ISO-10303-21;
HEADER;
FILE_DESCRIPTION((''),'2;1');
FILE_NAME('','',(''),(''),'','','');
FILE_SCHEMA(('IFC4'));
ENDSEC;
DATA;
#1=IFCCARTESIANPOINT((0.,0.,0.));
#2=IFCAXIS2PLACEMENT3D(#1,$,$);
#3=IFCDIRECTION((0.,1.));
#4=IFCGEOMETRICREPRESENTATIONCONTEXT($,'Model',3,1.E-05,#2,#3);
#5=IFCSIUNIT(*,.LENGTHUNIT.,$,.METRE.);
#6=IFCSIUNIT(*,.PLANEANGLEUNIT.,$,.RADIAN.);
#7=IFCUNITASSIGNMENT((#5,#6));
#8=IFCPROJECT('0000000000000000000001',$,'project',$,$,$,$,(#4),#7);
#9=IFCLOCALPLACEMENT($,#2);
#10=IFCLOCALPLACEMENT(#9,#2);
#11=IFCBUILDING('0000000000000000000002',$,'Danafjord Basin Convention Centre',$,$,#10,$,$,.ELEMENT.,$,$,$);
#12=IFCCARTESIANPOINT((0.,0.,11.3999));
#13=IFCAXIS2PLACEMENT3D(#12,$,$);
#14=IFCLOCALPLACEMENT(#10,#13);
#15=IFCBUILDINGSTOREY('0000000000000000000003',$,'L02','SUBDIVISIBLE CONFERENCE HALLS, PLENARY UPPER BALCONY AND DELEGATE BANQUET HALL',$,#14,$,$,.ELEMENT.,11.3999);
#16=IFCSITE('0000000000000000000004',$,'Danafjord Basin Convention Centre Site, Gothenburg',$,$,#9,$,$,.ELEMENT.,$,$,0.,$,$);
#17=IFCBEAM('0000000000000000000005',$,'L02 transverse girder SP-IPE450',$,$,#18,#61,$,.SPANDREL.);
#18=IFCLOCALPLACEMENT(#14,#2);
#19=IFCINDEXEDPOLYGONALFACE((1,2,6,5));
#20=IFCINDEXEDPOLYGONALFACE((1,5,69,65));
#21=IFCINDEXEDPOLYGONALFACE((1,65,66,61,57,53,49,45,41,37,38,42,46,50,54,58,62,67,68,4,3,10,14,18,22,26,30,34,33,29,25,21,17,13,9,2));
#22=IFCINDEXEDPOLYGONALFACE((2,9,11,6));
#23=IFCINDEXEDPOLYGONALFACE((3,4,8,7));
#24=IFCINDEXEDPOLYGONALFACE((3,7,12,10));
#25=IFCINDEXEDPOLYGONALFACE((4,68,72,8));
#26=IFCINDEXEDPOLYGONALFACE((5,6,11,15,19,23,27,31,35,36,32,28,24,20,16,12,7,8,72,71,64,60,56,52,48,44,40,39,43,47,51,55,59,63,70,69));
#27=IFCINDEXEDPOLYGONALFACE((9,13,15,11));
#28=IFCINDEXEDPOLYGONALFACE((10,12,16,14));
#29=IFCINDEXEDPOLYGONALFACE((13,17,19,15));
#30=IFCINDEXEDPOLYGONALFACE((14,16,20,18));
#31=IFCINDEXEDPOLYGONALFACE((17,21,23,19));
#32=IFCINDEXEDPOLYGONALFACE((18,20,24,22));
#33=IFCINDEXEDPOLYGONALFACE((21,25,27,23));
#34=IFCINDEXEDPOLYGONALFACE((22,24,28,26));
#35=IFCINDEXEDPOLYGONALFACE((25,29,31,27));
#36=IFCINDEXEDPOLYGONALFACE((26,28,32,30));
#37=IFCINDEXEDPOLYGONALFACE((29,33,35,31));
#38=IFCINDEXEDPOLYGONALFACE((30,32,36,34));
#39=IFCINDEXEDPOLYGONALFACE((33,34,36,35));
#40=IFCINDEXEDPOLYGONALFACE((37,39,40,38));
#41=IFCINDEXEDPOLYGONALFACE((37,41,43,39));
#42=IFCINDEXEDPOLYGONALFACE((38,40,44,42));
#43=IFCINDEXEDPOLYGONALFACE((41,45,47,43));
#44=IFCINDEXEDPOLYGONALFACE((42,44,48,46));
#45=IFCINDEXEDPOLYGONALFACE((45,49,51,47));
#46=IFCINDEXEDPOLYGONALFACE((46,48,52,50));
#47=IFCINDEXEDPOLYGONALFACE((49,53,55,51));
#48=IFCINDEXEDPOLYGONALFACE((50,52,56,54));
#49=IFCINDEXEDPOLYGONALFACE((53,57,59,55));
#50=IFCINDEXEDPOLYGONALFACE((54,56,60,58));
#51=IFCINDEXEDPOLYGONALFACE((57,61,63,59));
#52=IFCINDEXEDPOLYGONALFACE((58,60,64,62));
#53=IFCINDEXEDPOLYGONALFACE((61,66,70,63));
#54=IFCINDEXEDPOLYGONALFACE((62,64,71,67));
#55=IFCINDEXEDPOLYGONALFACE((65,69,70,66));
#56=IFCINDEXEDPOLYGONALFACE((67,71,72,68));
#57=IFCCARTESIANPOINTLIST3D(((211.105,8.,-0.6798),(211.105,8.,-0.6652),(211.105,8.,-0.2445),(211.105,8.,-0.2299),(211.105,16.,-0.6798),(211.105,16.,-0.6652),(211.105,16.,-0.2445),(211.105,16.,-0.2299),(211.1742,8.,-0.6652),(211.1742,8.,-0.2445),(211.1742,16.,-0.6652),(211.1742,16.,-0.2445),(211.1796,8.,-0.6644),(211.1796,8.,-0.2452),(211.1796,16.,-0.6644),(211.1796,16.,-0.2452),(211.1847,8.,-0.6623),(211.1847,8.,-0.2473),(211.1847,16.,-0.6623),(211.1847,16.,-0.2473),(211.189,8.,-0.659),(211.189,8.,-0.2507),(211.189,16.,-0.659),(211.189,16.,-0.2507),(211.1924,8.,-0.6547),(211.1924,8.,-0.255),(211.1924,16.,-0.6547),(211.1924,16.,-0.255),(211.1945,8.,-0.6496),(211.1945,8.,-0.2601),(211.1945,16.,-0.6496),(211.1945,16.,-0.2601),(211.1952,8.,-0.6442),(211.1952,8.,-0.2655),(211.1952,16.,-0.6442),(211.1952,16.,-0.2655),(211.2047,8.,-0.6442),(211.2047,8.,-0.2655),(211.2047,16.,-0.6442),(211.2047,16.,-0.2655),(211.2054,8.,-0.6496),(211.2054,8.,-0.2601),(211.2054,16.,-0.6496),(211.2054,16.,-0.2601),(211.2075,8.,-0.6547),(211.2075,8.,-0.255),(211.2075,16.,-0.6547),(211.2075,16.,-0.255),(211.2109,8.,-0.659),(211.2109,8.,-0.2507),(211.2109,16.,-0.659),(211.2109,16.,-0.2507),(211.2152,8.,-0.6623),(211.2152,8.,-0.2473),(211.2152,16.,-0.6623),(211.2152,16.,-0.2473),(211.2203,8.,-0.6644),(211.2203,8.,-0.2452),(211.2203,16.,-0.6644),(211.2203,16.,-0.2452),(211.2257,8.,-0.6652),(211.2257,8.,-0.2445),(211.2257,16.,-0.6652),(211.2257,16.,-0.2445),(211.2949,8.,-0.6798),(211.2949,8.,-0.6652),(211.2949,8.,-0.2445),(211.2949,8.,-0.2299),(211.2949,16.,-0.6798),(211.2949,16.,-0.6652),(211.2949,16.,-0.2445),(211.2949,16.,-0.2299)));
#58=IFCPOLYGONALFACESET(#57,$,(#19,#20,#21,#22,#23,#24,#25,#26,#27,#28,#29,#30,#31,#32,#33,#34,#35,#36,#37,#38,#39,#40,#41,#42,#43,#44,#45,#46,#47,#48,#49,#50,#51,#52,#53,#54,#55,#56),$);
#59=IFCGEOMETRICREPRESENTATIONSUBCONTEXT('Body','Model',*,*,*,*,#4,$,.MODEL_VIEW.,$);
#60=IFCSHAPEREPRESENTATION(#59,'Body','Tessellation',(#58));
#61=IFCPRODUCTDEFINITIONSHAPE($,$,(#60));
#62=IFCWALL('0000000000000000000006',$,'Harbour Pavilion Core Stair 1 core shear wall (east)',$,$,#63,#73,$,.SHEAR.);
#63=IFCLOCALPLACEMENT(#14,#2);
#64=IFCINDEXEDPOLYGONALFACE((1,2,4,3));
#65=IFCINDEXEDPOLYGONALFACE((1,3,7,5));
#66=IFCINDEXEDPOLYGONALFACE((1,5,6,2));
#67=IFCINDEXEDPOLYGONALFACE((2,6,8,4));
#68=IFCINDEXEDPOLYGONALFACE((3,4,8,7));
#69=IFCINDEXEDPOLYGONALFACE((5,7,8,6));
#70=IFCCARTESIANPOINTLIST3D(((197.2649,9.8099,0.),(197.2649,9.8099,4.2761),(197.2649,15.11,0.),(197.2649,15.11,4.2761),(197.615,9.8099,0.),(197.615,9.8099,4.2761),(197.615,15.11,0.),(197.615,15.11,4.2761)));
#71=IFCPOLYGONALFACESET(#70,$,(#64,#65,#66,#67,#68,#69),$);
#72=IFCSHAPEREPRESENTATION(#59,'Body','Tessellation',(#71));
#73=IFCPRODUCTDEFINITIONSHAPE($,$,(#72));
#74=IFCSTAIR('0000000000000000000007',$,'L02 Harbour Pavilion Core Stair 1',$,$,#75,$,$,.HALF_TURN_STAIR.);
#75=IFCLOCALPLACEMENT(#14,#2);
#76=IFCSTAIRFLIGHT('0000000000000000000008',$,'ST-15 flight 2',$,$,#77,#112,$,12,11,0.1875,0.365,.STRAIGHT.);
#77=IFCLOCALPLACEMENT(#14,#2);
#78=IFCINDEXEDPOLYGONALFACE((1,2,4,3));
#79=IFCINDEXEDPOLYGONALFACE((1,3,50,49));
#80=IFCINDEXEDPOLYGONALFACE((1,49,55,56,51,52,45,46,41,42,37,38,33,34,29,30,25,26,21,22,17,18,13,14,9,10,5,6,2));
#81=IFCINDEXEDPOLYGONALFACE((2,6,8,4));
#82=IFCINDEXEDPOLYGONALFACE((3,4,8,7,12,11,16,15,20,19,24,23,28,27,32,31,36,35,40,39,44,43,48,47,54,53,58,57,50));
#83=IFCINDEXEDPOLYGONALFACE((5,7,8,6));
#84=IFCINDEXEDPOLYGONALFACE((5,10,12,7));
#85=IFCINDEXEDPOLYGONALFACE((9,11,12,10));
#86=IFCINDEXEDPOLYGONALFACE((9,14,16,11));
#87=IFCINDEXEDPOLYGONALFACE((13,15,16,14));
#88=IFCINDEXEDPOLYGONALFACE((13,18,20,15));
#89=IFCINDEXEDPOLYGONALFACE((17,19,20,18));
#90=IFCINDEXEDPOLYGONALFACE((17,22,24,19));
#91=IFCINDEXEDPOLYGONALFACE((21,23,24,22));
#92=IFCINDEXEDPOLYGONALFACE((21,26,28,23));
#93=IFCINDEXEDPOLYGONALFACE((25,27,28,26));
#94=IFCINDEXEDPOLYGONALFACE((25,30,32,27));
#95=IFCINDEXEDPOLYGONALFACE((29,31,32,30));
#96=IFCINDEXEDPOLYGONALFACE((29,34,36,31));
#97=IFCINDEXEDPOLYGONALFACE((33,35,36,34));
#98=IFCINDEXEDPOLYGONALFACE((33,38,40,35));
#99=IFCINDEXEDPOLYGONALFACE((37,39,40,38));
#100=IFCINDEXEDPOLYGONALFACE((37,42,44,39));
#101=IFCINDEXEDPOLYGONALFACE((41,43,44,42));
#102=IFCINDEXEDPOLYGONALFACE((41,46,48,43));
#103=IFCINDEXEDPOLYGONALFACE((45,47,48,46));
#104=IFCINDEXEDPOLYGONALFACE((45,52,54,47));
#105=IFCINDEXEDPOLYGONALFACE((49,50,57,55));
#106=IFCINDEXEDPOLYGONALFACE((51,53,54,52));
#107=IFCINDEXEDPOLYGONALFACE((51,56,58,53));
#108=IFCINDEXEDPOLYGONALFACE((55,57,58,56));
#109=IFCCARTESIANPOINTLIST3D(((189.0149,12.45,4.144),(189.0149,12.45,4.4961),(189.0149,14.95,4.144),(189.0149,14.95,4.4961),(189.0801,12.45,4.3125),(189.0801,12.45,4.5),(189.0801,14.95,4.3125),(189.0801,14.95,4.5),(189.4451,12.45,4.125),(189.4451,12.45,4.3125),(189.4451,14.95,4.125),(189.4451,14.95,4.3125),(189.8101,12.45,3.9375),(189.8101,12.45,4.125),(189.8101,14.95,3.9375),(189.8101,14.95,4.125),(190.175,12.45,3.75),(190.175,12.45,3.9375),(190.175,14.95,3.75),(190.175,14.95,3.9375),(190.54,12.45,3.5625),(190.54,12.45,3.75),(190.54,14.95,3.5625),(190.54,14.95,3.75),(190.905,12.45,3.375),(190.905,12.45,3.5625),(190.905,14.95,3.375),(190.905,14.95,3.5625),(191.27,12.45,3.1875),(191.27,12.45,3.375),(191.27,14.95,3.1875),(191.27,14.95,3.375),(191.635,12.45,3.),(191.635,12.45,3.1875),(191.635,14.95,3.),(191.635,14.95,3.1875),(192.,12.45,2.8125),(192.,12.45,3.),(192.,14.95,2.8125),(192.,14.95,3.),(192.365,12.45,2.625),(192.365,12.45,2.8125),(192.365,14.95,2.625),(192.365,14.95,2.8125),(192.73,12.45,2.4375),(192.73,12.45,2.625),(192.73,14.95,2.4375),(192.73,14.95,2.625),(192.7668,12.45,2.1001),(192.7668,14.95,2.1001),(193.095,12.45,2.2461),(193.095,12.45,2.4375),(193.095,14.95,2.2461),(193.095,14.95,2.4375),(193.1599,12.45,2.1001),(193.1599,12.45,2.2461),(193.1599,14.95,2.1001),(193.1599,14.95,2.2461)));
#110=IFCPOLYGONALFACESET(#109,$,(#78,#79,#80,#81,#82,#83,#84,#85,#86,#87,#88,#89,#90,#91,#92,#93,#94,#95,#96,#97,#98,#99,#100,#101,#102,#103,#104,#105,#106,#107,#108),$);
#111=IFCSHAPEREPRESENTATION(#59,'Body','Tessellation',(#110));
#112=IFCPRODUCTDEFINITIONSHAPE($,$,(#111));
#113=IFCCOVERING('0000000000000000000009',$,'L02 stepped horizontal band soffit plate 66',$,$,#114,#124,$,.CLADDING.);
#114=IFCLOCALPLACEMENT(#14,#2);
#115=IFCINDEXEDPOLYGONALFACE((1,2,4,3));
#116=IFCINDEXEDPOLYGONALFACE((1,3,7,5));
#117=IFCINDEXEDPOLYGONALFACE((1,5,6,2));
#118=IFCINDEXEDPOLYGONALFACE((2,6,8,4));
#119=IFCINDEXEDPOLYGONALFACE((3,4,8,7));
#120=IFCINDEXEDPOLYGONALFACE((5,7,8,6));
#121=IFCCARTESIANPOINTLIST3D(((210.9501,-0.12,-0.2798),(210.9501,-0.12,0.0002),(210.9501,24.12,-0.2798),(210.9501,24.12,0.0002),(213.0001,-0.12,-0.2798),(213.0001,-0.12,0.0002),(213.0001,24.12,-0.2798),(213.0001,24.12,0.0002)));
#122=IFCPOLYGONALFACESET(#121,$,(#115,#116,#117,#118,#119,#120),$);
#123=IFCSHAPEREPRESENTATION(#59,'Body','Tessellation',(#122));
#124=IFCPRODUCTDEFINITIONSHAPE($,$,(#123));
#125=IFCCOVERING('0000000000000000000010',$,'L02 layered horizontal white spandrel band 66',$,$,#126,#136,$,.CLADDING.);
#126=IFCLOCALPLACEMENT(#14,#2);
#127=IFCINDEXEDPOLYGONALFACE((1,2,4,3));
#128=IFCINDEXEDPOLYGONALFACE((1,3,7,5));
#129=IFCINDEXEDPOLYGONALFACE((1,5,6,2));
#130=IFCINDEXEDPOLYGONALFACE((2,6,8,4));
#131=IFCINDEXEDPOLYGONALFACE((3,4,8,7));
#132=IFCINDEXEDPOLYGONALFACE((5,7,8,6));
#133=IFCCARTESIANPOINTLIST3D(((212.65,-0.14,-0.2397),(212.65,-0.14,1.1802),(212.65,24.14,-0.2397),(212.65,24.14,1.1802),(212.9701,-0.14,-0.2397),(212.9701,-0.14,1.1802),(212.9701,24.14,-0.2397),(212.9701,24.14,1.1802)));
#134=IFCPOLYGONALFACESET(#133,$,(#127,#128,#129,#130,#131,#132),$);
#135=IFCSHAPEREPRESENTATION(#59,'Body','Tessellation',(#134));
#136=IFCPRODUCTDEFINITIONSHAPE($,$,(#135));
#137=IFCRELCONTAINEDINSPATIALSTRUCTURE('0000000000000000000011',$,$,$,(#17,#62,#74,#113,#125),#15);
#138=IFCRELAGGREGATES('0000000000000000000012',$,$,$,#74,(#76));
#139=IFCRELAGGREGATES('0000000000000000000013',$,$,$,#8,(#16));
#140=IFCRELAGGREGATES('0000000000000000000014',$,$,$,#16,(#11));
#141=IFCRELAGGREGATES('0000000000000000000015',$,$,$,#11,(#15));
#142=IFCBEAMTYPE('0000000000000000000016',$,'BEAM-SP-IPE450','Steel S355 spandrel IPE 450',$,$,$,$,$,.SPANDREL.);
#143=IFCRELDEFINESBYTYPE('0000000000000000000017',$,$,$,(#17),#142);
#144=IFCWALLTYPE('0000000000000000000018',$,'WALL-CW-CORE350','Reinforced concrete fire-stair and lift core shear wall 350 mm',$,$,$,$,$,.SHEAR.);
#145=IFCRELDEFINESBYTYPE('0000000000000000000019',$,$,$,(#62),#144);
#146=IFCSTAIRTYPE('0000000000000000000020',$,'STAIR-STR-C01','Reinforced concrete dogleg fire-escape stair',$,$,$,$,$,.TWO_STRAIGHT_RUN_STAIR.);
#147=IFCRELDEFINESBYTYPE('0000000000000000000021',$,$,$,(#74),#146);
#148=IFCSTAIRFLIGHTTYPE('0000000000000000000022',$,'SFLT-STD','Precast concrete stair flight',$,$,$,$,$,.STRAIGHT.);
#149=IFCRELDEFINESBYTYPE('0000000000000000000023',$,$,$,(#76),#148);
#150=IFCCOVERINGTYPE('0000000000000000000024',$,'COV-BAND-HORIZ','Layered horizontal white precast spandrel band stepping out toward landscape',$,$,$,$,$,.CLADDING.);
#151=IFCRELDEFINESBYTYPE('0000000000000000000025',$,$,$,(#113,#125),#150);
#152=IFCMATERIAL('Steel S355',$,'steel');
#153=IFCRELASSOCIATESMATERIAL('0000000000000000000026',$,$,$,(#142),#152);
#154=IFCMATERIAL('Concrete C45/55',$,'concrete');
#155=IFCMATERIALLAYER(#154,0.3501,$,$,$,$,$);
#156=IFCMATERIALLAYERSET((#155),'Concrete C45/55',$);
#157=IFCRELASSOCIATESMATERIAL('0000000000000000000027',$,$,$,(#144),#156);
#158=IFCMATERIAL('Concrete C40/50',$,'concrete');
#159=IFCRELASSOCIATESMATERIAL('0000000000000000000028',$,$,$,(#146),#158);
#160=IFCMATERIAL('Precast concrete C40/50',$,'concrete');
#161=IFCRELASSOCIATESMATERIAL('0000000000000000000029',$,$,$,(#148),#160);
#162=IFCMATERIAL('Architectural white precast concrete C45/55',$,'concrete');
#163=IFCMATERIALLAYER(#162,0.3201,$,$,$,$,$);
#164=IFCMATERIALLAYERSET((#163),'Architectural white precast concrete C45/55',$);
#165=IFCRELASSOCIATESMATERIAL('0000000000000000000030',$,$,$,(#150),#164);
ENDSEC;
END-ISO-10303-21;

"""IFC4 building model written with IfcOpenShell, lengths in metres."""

from ifc_helpers import new_model, si_unit, direction, frame, frame_2d, origin, origin_2d, place, context, subcontext, project, spatial, polyline, rectangle, i_section, outline, extrude, material, layer, layer_set, material_profile, profile_set, type_object, element, aggregate, save


model = new_model("IFC4")

# Units and contexts
model_context = context("Model", 3, precision=1e-05, world=origin(), true_north=direction((0.0, 1.0)))
body_context = subcontext(model_context, "Body", "Model", "MODEL_VIEW")
ifc_project = project(units=[si_unit("LENGTHUNIT", "METRE"), si_unit("PLANEANGLEUNIT", "RADIAN")], contexts=[model_context])

# Site, building, storey
site_placement = place(None, origin())
site = spatial("IfcSite", under=ifc_project, at=site_placement, Name="Danafjord Basin Convention Centre Site, Gothenburg", CompositionType="ELEMENT", RefElevation=0.0)
building_placement = place(site_placement, origin())
building = spatial("IfcBuilding", under=site, at=building_placement, Name="Danafjord Basin Convention Centre", CompositionType="ELEMENT")
storey_placement = place(building_placement, frame((0.0, 0.0, 11.3999)))
storey = spatial("IfcBuildingStorey", under=building, at=storey_placement, Name="L02", Description="SUBDIVISIBLE CONFERENCE HALLS, PLENARY UPPER BALCONY AND DELEGATE BANQUET HALL", CompositionType="ELEMENT", Elevation=11.3999)

# Shared definitions
ifc_material_1 = material(Name="Steel S355", Category="steel")

# Beam
ifc_material_profile_1 = material_profile(ifc_material_1, i_section(OverallWidth=0.1899, OverallDepth=0.45, WebThickness=0.0095, FlangeThickness=0.0146, FilletRadius=0.021, at=origin_2d()), Name="IPE 450")
ifc_profile_set_1 = profile_set([ifc_material_profile_1], Name="Steel S355")
beam_type_1 = type_object("IfcBeamType", Name="BEAM-SP-IPE450", Description="Steel S355 spandrel IPE 450", PredefinedType="SPANDREL", material=ifc_profile_set_1)
beam_1_placement = place(storey_placement, frame((211.2, 8.0, -0.4548), z_axis=(0.0, 1.0, 0.0), x_axis=(-1.0, 0.0, 0.0)))
element("IfcBeam", 1, at=beam_1_placement, inside=storey, type_object=beam_type_1, Name="L02 transverse girder SP-IPE450", PredefinedType="SPANDREL", context=body_context, shape_type="SweptSolid", body=[
    extrude(i_section(OverallWidth=0.1899, OverallDepth=0.45, WebThickness=0.0095, FlangeThickness=0.0146, FilletRadius=0.021, at=origin_2d()), origin(), (0.0, 0.0, 1.0), 8.0),
])

# Wall
ifc_material_2 = material(Name="Concrete C45/55", Category="concrete")
ifc_layer_1 = layer(ifc_material_2, 0.3501)
ifc_layer_set_1 = layer_set([ifc_layer_1], Name="Concrete C45/55")
wall_type = type_object("IfcWallType", Name="WALL-CW-CORE350", Description="Reinforced concrete fire-stair and lift core shear wall 350 mm", PredefinedType="SHEAR", material=ifc_layer_set_1)
wall_1_placement = place(storey_placement, frame((197.4399, 9.8101, 0.0), z_axis=(0.0, 0.0, 1.0), x_axis=(0.0, 1.0, 0.0)))
element("IfcWall", 2, at=wall_1_placement, inside=storey, type_object=wall_type, Name="Harbour Pavilion Core Stair 1 core shear wall (east)", PredefinedType="SHEAR", context=body_context, shape_type="SweptSolid", body=[
    extrude(rectangle(XDim=5.3, YDim=0.3501, at=frame_2d((2.6499, 0.0))), origin(), (0.0, 0.0, 1.0), 4.2761),
])

# Stair, stair flight
ifc_material_3 = material(Name="Concrete C40/50", Category="concrete")
stair_type = type_object("IfcStairType", Name="STAIR-STR-C01", Description="Reinforced concrete dogleg fire-escape stair", PredefinedType="TWO_STRAIGHT_RUN_STAIR", material=ifc_material_3)
stair_placement = place(storey_placement, origin())
stair = element("IfcStair", 3, at=stair_placement, inside=storey, type_object=stair_type, Name="L02 Harbour Pavilion Core Stair 1", PredefinedType="HALF_TURN_STAIR")
ifc_material_4 = material(Name="Precast concrete C40/50", Category="concrete")
stair_flight_type = type_object("IfcStairFlightType", Name="SFLT-STD", Description="Precast concrete stair flight", PredefinedType="STRAIGHT", material=ifc_material_4)
stair_flight_placement = place(storey_placement, frame((193.095, 13.7, 2.25), z_axis=(0.0, 0.0, 1.0), x_axis=(-1.0, 0.0, 0.0)))
stair_flight = element("IfcStairFlight", 4, at=stair_flight_placement, type_object=stair_flight_type, Name="ST-15 flight 2", NumberOfRisers=12, NumberOfTreads=11, PredefinedType="STRAIGHT", RiserHeight=0.1875, TreadLength=0.365, context=body_context, shape_type="SweptSolid", body=[
    extrude(outline(polyline([(-0.0649, -0.1499), (-0.0649, -0.0039), (0.0, -0.0039), (0.0, 0.1875), (0.365, 0.1875), (0.365, 0.375), (0.73, 0.375), (0.73, 0.5625), (1.095, 0.5625), (1.095, 0.75), (1.46, 0.75), (1.46, 0.9375), (1.825, 0.9375), (1.825, 1.125), (2.1899, 1.125), (2.1899, 1.3125), (2.5549, 1.3125), (2.5549, 1.5), (2.9199, 1.5), (2.9199, 1.6875), (3.2849, 1.6875), (3.2849, 1.875), (3.6499, 1.875), (3.6499, 2.0625), (4.0149, 2.0625), (4.0149, 2.25), (4.0801, 2.2461), (4.0801, 1.894), (0.3281, -0.1499), (-0.0649, -0.1499)])), frame((0.0, 1.25, 0.0), z_axis=(0.0, -1.0, 0.0), x_axis=(1.0, 0.0, 0.0)), (0.0, 0.0, 1.0), 2.5),
])
aggregate(stair, [stair_flight])

# Coverings
ifc_material_5 = material(Name="Architectural white precast concrete C45/55", Category="concrete")
ifc_layer_2 = layer(ifc_material_5, 0.3201)
ifc_layer_set_2 = layer_set([ifc_layer_2], Name="Architectural white precast concrete C45/55")
covering_type = type_object("IfcCoveringType", Name="COV-BAND-HORIZ", Description="Layered horizontal white precast spandrel band stepping out toward landscape", PredefinedType="CLADDING", material=ifc_layer_set_2)
covering_1_placement = place(storey_placement, frame((211.9751, 12.0, -0.2798), z_axis=(0.0, 0.0, 1.0), x_axis=(0.0, 1.0, 0.0)))
element("IfcCovering", 5, at=covering_1_placement, inside=storey, type_object=covering_type, Name="L02 stepped horizontal band soffit plate 66", PredefinedType="CLADDING", context=body_context, shape_type="SweptSolid", body=[
    extrude(rectangle(XDim=24.24, YDim=2.05, at=origin_2d()), origin(), (0.0, 0.0, 1.0), 0.28),
])
covering_2_placement = place(storey_placement, frame((212.8101, 12.0, -0.2397), z_axis=(0.0, 0.0, 1.0), x_axis=(0.0, 1.0, 0.0)))
element("IfcCovering", 6, at=covering_2_placement, inside=storey, type_object=covering_type, Name="L02 layered horizontal white spandrel band 66", PredefinedType="CLADDING", context=body_context, shape_type="SweptSolid", body=[
    extrude(rectangle(XDim=24.28, YDim=0.3201, at=origin_2d()), origin(), (0.0, 0.0, 1.0), 1.4199),
])

save(model, "model.ifc")
